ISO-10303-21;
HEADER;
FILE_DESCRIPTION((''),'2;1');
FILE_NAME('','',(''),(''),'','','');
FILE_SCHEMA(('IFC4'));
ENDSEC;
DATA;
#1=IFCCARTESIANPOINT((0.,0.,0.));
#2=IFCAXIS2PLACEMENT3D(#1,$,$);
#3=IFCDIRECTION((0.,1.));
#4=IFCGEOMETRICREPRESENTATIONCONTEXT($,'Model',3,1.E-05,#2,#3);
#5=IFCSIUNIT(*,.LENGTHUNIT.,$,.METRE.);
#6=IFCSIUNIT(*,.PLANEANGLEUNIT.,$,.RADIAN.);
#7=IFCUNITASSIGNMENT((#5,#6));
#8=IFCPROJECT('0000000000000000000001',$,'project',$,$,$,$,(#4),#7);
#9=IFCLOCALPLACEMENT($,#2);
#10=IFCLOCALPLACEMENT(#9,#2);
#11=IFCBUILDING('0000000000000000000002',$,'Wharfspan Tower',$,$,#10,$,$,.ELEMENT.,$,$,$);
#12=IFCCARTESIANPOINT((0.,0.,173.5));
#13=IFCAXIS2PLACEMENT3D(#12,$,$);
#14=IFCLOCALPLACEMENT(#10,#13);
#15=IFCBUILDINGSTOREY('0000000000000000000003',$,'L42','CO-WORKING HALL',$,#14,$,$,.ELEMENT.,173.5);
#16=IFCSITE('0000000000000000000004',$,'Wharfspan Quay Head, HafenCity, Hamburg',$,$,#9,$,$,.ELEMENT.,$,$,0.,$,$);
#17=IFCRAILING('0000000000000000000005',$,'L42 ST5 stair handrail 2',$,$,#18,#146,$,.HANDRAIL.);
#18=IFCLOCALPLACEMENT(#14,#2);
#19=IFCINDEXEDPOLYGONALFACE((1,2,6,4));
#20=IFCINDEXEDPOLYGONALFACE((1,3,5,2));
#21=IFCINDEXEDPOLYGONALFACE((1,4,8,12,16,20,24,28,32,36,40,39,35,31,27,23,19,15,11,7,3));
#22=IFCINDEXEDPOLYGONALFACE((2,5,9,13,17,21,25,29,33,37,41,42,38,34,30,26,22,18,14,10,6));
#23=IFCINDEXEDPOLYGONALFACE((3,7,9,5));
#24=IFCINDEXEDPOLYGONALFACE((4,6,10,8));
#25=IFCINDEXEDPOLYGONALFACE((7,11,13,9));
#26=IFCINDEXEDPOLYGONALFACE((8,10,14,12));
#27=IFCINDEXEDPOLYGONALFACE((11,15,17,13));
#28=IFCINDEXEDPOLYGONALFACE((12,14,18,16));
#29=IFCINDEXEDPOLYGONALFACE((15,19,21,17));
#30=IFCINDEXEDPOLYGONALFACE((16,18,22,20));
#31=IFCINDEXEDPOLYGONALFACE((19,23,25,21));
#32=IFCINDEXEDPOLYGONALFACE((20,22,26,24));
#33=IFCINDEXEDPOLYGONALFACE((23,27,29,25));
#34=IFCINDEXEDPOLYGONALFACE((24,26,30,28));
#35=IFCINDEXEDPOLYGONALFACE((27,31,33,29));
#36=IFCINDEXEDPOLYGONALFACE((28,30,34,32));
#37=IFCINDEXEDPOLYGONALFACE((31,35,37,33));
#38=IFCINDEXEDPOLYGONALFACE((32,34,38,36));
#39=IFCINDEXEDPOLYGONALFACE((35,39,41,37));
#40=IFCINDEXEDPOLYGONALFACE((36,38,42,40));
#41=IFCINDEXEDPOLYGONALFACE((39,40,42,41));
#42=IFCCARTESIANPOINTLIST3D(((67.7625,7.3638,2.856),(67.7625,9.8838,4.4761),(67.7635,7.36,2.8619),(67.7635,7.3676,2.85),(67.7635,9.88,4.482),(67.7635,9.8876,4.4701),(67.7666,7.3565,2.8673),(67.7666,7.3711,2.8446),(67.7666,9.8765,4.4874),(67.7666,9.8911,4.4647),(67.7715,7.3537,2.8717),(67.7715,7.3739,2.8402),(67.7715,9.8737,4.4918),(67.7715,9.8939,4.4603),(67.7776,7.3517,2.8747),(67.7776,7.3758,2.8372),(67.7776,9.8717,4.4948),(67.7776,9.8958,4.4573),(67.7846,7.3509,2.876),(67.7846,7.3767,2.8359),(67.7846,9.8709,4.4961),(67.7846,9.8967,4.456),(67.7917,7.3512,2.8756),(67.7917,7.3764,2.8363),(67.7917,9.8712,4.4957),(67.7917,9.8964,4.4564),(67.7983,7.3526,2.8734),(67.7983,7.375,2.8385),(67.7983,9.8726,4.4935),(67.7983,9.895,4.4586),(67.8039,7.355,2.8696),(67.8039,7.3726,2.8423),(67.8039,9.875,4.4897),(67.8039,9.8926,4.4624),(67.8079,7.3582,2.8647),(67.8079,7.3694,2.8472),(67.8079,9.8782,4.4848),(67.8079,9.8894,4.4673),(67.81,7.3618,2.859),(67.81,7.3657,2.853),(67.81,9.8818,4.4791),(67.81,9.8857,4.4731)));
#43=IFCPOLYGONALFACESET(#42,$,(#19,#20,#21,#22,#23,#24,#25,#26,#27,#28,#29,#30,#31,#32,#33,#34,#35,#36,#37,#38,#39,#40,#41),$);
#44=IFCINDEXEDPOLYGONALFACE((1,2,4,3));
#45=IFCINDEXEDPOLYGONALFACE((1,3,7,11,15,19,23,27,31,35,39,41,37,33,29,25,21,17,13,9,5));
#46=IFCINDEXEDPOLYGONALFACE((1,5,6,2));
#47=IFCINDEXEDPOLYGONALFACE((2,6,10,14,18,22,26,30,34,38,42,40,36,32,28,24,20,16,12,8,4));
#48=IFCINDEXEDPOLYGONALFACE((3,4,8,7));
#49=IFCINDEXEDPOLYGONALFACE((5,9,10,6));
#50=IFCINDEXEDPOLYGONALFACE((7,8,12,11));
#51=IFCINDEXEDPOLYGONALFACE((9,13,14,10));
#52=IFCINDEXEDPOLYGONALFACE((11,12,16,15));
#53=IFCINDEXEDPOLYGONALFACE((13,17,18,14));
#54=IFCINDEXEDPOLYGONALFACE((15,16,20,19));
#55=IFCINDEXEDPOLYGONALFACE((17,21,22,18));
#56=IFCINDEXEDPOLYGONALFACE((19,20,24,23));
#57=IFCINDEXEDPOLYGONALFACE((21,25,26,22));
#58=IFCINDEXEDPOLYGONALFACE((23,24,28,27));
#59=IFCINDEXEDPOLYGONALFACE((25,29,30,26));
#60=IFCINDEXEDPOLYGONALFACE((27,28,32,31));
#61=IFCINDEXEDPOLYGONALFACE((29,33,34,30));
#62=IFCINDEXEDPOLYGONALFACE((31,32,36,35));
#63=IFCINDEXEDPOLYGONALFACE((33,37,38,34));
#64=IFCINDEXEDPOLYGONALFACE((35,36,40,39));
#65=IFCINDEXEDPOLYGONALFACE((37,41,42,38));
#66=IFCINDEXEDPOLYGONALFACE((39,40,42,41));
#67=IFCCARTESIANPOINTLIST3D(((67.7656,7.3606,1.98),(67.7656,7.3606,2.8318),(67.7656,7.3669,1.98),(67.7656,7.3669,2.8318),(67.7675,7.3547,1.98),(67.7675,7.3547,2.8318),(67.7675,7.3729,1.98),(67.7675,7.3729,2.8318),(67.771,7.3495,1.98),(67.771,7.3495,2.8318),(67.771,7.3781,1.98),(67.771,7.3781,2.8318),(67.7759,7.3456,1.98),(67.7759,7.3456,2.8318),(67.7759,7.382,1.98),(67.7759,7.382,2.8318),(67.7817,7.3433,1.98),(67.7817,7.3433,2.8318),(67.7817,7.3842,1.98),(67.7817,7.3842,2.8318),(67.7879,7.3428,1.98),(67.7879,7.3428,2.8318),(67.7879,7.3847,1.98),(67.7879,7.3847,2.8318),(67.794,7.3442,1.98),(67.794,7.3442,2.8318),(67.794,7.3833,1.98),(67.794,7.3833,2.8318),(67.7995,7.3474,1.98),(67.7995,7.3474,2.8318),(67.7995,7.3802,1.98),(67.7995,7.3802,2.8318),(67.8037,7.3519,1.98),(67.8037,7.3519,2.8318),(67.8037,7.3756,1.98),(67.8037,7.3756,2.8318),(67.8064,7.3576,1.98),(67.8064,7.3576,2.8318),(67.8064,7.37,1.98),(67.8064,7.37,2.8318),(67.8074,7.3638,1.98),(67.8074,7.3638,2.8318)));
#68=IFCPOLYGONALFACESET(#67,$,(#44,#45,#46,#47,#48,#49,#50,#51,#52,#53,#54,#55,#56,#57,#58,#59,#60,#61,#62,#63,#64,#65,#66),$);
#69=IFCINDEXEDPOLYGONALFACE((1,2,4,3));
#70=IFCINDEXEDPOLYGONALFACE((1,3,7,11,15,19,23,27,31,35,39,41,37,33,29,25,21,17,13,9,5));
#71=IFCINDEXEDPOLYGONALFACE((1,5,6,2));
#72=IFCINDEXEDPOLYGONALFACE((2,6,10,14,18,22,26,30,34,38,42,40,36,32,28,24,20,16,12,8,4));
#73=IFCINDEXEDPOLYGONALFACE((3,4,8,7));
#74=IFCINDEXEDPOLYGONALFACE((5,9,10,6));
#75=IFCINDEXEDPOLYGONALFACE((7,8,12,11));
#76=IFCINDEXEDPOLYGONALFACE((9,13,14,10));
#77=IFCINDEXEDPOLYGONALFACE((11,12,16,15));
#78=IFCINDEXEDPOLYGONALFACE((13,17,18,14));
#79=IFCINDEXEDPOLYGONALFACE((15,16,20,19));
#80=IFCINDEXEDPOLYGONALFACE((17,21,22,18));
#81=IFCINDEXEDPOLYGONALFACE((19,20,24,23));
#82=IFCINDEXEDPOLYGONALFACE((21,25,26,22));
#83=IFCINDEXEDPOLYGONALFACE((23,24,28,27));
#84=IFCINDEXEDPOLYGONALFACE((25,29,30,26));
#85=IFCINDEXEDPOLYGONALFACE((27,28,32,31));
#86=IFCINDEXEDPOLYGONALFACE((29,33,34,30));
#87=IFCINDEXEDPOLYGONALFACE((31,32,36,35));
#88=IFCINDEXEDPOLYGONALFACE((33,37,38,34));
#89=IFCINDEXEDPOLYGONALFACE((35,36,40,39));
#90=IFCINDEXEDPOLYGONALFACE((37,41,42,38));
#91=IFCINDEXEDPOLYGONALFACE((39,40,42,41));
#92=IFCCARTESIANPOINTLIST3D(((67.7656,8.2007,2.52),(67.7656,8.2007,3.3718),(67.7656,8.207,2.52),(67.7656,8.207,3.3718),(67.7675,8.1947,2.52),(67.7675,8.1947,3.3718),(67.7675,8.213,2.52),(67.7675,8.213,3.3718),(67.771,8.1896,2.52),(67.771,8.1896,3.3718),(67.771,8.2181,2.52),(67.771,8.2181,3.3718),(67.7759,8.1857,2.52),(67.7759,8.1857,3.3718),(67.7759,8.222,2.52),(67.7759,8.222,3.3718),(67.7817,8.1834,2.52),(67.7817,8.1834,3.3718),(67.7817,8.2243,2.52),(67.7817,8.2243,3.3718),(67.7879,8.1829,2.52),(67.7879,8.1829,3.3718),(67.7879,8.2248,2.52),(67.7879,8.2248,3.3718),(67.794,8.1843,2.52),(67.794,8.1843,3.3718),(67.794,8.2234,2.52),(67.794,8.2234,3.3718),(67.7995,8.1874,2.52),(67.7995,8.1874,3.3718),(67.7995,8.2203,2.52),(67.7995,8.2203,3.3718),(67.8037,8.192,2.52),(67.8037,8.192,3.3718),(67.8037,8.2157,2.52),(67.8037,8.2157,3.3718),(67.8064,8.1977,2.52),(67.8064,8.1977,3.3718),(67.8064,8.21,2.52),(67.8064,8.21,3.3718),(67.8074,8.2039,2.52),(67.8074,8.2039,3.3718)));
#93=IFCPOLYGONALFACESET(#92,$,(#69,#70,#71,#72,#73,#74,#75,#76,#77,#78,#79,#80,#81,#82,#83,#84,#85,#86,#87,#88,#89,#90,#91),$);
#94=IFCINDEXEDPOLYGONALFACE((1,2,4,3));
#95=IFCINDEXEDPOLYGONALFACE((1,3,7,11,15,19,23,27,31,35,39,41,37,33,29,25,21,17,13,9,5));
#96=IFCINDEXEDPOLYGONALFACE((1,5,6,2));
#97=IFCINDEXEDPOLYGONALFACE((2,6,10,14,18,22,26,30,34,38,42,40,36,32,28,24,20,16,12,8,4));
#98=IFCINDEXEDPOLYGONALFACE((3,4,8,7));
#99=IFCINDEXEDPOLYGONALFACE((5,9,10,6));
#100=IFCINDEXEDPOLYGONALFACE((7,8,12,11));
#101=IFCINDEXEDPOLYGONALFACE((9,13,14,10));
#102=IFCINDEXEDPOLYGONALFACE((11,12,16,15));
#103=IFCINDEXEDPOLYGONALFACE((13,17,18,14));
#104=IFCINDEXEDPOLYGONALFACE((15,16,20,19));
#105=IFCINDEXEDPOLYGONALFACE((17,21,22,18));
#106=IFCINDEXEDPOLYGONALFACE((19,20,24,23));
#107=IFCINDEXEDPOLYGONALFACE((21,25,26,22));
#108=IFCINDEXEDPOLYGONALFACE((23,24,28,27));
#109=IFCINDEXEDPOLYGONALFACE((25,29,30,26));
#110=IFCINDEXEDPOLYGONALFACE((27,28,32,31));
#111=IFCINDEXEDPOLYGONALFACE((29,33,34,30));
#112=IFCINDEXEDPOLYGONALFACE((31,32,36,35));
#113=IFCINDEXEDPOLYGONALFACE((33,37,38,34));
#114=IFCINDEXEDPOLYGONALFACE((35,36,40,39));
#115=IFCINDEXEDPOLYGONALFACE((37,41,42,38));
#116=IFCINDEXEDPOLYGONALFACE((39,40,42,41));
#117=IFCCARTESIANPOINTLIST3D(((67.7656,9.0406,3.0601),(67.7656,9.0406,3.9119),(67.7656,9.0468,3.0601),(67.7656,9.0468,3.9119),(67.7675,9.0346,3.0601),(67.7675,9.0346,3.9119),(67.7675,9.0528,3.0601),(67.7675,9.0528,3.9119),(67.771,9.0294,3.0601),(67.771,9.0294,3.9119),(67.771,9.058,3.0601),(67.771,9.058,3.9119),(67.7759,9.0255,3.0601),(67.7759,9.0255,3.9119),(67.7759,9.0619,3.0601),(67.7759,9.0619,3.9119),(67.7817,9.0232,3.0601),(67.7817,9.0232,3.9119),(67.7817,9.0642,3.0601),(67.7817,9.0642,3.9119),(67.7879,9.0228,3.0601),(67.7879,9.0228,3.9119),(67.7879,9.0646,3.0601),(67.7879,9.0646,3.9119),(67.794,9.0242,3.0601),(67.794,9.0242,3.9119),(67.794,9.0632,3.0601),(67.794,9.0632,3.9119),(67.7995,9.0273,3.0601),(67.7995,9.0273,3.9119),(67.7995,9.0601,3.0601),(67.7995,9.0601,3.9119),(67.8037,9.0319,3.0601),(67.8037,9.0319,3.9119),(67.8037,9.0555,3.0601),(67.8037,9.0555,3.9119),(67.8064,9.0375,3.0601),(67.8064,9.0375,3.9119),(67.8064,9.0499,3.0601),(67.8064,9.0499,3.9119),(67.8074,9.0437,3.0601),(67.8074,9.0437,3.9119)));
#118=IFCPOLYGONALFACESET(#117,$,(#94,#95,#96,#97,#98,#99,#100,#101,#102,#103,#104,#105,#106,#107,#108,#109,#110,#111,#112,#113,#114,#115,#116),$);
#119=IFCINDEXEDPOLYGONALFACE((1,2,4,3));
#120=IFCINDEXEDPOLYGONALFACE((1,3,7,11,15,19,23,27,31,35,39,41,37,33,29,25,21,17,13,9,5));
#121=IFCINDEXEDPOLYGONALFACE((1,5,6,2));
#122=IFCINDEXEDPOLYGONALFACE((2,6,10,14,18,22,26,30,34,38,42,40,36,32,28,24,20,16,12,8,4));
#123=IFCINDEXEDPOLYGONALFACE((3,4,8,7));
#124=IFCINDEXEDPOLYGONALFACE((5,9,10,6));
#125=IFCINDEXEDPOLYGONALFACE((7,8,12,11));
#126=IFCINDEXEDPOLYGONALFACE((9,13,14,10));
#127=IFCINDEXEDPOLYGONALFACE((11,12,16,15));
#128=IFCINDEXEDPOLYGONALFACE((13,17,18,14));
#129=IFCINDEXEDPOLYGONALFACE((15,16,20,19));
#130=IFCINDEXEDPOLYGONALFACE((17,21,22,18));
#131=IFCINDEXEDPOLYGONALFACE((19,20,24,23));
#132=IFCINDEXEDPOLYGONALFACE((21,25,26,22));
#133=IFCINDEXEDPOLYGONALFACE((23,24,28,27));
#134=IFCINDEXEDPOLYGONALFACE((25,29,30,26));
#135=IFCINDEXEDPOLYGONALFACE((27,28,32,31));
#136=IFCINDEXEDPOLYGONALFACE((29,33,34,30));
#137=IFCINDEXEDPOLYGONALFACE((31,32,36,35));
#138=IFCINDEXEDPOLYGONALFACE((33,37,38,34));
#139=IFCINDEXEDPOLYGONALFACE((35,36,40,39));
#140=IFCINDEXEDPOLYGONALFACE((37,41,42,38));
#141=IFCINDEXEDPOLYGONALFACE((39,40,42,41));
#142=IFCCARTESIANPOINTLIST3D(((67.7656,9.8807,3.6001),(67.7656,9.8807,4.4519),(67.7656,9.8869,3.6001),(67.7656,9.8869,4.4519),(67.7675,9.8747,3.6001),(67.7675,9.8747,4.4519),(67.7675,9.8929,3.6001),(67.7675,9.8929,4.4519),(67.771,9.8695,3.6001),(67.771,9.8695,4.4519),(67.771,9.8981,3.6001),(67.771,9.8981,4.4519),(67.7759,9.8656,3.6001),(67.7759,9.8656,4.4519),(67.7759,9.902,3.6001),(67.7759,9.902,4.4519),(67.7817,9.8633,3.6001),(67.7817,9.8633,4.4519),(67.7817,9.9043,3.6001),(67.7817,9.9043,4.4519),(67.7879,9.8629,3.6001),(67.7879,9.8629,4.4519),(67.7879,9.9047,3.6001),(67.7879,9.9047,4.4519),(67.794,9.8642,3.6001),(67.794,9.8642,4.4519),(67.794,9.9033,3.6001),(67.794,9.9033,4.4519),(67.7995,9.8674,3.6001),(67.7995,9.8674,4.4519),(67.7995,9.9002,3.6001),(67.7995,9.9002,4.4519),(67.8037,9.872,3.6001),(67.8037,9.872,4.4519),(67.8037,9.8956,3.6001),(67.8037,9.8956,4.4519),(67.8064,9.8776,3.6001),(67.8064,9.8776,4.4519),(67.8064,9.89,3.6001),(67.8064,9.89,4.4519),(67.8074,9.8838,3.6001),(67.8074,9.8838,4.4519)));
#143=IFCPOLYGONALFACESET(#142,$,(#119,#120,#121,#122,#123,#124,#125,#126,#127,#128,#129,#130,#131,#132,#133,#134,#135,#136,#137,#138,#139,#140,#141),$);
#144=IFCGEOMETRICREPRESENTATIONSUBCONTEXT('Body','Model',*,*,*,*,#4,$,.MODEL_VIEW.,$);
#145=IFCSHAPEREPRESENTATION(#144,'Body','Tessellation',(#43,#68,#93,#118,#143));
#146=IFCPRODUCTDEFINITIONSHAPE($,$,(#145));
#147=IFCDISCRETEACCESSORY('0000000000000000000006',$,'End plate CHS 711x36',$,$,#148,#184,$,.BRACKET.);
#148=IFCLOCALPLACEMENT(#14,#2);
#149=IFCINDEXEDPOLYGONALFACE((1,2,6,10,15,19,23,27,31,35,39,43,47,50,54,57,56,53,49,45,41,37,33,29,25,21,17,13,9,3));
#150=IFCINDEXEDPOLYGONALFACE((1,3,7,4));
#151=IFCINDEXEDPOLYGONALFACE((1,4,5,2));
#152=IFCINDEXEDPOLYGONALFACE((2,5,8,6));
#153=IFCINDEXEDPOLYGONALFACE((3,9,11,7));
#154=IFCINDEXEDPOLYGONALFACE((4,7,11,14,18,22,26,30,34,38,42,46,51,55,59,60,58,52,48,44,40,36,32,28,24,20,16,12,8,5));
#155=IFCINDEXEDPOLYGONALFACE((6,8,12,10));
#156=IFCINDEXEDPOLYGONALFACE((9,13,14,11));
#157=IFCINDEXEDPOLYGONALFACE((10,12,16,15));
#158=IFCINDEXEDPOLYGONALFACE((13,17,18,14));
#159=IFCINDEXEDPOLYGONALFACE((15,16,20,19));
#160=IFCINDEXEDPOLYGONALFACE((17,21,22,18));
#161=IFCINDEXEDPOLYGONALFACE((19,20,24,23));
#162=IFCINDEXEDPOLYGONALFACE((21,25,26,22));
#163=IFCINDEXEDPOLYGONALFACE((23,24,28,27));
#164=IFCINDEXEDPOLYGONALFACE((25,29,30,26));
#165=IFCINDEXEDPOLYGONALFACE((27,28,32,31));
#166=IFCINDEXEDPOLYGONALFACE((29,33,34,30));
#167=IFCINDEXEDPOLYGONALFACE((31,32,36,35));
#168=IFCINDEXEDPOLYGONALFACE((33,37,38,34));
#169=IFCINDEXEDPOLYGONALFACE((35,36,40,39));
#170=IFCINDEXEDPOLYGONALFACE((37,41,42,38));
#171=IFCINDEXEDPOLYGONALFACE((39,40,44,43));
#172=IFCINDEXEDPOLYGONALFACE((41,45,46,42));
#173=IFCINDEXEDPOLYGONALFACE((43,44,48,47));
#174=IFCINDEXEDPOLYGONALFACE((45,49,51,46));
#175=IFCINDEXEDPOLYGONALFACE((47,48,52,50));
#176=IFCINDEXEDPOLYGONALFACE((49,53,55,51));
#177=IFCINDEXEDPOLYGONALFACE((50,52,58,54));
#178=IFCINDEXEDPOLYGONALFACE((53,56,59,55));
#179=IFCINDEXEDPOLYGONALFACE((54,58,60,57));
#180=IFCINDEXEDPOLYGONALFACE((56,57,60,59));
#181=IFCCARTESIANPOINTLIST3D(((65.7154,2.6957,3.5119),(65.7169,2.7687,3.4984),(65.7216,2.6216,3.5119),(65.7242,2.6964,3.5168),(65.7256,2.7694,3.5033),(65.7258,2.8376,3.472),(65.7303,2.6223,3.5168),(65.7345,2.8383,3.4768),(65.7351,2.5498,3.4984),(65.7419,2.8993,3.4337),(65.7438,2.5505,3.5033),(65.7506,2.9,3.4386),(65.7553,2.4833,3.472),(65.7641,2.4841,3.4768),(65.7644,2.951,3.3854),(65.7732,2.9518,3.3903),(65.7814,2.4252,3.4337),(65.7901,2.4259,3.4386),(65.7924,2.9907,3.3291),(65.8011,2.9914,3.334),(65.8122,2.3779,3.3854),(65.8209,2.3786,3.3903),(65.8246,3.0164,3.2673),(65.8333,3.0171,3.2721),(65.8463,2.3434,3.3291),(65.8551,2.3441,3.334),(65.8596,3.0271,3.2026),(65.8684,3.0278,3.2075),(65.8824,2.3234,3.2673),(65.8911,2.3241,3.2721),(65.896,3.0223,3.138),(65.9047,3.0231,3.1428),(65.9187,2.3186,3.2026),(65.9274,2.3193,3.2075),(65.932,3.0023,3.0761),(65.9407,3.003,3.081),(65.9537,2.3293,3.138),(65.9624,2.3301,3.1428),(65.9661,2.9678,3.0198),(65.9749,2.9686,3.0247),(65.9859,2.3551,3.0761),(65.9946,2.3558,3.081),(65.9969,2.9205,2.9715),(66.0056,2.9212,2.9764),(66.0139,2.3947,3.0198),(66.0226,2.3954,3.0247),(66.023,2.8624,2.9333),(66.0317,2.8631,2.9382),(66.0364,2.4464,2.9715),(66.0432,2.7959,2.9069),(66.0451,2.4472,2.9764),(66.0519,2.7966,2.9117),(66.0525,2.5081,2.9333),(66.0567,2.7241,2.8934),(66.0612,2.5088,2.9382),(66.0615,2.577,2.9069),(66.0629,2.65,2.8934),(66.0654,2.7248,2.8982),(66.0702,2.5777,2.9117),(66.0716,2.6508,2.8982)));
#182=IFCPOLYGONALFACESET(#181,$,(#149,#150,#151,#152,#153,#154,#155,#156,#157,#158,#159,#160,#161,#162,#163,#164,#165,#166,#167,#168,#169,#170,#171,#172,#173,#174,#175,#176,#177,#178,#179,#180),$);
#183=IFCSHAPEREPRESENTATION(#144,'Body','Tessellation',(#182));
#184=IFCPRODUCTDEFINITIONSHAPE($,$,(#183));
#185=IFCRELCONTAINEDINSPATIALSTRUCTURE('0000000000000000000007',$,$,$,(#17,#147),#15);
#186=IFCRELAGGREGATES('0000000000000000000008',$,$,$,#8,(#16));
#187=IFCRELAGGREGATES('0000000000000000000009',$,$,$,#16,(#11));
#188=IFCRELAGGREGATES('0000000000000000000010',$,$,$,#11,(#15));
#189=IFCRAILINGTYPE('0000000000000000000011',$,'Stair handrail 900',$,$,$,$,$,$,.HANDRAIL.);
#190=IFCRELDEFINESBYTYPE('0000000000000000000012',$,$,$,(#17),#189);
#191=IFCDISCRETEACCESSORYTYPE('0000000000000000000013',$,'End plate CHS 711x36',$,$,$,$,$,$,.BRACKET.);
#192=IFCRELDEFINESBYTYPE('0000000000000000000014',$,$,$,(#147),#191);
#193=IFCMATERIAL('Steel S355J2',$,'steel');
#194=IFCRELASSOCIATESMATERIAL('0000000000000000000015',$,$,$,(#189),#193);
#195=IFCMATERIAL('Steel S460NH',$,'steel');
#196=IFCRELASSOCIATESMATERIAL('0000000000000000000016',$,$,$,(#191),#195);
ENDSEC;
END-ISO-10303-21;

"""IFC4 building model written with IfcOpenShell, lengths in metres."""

from ifc_helpers import new_model, si_unit, direction, frame, origin, origin_2d, place, context, subcontext, project, spatial, circle, extrude, material, material_profile, profile_set, type_object, element, save


model = new_model("IFC4")

# Units and contexts
model_context = context("Model", 3, precision=1e-05, world=origin(), true_north=direction((0.0, 1.0)))
body_context = subcontext(model_context, "Body", "Model", "MODEL_VIEW")
ifc_project = project(units=[si_unit("LENGTHUNIT", "METRE"), si_unit("PLANEANGLEUNIT", "RADIAN")], contexts=[model_context])

# Site, building, storey
site_placement = place(None, origin())
site = spatial("IfcSite", under=ifc_project, at=site_placement, Name="Wharfspan Quay Head, HafenCity, Hamburg", CompositionType="ELEMENT", RefElevation=0.0)
building_placement = place(site_placement, origin())
building = spatial("IfcBuilding", under=site, at=building_placement, Name="Wharfspan Tower", CompositionType="ELEMENT")
storey_placement = place(building_placement, frame((0.0, 0.0, 173.5)))
storey = spatial("IfcBuildingStorey", under=building, at=storey_placement, Name="L42", Description="CO-WORKING HALL", CompositionType="ELEMENT", Elevation=173.5)

# Shared definitions
ifc_material_1 = material(Name="Steel S355J2", Category="steel")

# Shared definitions
ifc_material_2 = material(Name="Steel S460NH", Category="steel")

# Railing
railing_type_1 = type_object("IfcRailingType", Name="Stair handrail 900", PredefinedType="HANDRAIL", material=ifc_material_1)
railing_1_placement = place(storey_placement, frame((67.7864, 7.3638, 1.98)))
element("IfcRailing", 1, at=railing_1_placement, inside=storey, type_object=railing_type_1, Name="L42 ST5 stair handrail 2", PredefinedType="HANDRAIL", context=body_context, shape_type="SweptSolid", body=[
    extrude(circle(Radius=0.0239, at=origin_2d()), frame((0.0, 0.0, 0.876), z_axis=(0.0, 0.841163, 0.540782), x_axis=(-1.0, 0.0, 0.0)), (0.0, 0.0, 1.0), 2.9958),
    extrude(circle(Radius=0.021, at=origin_2d()), origin(), (0.0, 0.0, 1.0), 0.8518),
    extrude(circle(Radius=0.021, at=origin_2d()), frame((0.0, 0.8401, 0.54)), (0.0, 0.0, 1.0), 0.8518),
    extrude(circle(Radius=0.021, at=origin_2d()), frame((0.0, 1.6799, 1.0801)), (0.0, 0.0, 1.0), 0.8518),
    extrude(circle(Radius=0.021, at=origin_2d()), frame((0.0, 2.52, 1.6201)), (0.0, 0.0, 1.0), 0.8518),
])

# Discrete accessory
ifc_material_profile_1 = material_profile(ifc_material_2, circle(Radius=0.3555, at=origin_2d()))
ifc_profile_set_1 = profile_set([ifc_material_profile_1], Name="Steel S460NH")
discrete_accessory_type = type_object("IfcDiscreteAccessoryType", Name="End plate CHS 711x36", PredefinedType="BRACKET", material=ifc_profile_set_1)
discrete_accessory_1_placement = place(storey_placement, frame((65.8892, 2.6729, 3.2026), z_axis=(0.871847, 0.072654, 0.484359), x_axis=(-0.083044, 0.996547, -0.000003)))
element("IfcDiscreteAccessory", 2, at=discrete_accessory_1_placement, inside=storey, type_object=discrete_accessory_type, Name="End plate CHS 711x36", PredefinedType="BRACKET", context=body_context, shape_type="SweptSolid", body=[
    extrude(circle(Radius=0.3555, at=origin_2d()), origin(), (0.0, 0.0, 1.0), 0.01),
])

save(model, "model.ifc")
